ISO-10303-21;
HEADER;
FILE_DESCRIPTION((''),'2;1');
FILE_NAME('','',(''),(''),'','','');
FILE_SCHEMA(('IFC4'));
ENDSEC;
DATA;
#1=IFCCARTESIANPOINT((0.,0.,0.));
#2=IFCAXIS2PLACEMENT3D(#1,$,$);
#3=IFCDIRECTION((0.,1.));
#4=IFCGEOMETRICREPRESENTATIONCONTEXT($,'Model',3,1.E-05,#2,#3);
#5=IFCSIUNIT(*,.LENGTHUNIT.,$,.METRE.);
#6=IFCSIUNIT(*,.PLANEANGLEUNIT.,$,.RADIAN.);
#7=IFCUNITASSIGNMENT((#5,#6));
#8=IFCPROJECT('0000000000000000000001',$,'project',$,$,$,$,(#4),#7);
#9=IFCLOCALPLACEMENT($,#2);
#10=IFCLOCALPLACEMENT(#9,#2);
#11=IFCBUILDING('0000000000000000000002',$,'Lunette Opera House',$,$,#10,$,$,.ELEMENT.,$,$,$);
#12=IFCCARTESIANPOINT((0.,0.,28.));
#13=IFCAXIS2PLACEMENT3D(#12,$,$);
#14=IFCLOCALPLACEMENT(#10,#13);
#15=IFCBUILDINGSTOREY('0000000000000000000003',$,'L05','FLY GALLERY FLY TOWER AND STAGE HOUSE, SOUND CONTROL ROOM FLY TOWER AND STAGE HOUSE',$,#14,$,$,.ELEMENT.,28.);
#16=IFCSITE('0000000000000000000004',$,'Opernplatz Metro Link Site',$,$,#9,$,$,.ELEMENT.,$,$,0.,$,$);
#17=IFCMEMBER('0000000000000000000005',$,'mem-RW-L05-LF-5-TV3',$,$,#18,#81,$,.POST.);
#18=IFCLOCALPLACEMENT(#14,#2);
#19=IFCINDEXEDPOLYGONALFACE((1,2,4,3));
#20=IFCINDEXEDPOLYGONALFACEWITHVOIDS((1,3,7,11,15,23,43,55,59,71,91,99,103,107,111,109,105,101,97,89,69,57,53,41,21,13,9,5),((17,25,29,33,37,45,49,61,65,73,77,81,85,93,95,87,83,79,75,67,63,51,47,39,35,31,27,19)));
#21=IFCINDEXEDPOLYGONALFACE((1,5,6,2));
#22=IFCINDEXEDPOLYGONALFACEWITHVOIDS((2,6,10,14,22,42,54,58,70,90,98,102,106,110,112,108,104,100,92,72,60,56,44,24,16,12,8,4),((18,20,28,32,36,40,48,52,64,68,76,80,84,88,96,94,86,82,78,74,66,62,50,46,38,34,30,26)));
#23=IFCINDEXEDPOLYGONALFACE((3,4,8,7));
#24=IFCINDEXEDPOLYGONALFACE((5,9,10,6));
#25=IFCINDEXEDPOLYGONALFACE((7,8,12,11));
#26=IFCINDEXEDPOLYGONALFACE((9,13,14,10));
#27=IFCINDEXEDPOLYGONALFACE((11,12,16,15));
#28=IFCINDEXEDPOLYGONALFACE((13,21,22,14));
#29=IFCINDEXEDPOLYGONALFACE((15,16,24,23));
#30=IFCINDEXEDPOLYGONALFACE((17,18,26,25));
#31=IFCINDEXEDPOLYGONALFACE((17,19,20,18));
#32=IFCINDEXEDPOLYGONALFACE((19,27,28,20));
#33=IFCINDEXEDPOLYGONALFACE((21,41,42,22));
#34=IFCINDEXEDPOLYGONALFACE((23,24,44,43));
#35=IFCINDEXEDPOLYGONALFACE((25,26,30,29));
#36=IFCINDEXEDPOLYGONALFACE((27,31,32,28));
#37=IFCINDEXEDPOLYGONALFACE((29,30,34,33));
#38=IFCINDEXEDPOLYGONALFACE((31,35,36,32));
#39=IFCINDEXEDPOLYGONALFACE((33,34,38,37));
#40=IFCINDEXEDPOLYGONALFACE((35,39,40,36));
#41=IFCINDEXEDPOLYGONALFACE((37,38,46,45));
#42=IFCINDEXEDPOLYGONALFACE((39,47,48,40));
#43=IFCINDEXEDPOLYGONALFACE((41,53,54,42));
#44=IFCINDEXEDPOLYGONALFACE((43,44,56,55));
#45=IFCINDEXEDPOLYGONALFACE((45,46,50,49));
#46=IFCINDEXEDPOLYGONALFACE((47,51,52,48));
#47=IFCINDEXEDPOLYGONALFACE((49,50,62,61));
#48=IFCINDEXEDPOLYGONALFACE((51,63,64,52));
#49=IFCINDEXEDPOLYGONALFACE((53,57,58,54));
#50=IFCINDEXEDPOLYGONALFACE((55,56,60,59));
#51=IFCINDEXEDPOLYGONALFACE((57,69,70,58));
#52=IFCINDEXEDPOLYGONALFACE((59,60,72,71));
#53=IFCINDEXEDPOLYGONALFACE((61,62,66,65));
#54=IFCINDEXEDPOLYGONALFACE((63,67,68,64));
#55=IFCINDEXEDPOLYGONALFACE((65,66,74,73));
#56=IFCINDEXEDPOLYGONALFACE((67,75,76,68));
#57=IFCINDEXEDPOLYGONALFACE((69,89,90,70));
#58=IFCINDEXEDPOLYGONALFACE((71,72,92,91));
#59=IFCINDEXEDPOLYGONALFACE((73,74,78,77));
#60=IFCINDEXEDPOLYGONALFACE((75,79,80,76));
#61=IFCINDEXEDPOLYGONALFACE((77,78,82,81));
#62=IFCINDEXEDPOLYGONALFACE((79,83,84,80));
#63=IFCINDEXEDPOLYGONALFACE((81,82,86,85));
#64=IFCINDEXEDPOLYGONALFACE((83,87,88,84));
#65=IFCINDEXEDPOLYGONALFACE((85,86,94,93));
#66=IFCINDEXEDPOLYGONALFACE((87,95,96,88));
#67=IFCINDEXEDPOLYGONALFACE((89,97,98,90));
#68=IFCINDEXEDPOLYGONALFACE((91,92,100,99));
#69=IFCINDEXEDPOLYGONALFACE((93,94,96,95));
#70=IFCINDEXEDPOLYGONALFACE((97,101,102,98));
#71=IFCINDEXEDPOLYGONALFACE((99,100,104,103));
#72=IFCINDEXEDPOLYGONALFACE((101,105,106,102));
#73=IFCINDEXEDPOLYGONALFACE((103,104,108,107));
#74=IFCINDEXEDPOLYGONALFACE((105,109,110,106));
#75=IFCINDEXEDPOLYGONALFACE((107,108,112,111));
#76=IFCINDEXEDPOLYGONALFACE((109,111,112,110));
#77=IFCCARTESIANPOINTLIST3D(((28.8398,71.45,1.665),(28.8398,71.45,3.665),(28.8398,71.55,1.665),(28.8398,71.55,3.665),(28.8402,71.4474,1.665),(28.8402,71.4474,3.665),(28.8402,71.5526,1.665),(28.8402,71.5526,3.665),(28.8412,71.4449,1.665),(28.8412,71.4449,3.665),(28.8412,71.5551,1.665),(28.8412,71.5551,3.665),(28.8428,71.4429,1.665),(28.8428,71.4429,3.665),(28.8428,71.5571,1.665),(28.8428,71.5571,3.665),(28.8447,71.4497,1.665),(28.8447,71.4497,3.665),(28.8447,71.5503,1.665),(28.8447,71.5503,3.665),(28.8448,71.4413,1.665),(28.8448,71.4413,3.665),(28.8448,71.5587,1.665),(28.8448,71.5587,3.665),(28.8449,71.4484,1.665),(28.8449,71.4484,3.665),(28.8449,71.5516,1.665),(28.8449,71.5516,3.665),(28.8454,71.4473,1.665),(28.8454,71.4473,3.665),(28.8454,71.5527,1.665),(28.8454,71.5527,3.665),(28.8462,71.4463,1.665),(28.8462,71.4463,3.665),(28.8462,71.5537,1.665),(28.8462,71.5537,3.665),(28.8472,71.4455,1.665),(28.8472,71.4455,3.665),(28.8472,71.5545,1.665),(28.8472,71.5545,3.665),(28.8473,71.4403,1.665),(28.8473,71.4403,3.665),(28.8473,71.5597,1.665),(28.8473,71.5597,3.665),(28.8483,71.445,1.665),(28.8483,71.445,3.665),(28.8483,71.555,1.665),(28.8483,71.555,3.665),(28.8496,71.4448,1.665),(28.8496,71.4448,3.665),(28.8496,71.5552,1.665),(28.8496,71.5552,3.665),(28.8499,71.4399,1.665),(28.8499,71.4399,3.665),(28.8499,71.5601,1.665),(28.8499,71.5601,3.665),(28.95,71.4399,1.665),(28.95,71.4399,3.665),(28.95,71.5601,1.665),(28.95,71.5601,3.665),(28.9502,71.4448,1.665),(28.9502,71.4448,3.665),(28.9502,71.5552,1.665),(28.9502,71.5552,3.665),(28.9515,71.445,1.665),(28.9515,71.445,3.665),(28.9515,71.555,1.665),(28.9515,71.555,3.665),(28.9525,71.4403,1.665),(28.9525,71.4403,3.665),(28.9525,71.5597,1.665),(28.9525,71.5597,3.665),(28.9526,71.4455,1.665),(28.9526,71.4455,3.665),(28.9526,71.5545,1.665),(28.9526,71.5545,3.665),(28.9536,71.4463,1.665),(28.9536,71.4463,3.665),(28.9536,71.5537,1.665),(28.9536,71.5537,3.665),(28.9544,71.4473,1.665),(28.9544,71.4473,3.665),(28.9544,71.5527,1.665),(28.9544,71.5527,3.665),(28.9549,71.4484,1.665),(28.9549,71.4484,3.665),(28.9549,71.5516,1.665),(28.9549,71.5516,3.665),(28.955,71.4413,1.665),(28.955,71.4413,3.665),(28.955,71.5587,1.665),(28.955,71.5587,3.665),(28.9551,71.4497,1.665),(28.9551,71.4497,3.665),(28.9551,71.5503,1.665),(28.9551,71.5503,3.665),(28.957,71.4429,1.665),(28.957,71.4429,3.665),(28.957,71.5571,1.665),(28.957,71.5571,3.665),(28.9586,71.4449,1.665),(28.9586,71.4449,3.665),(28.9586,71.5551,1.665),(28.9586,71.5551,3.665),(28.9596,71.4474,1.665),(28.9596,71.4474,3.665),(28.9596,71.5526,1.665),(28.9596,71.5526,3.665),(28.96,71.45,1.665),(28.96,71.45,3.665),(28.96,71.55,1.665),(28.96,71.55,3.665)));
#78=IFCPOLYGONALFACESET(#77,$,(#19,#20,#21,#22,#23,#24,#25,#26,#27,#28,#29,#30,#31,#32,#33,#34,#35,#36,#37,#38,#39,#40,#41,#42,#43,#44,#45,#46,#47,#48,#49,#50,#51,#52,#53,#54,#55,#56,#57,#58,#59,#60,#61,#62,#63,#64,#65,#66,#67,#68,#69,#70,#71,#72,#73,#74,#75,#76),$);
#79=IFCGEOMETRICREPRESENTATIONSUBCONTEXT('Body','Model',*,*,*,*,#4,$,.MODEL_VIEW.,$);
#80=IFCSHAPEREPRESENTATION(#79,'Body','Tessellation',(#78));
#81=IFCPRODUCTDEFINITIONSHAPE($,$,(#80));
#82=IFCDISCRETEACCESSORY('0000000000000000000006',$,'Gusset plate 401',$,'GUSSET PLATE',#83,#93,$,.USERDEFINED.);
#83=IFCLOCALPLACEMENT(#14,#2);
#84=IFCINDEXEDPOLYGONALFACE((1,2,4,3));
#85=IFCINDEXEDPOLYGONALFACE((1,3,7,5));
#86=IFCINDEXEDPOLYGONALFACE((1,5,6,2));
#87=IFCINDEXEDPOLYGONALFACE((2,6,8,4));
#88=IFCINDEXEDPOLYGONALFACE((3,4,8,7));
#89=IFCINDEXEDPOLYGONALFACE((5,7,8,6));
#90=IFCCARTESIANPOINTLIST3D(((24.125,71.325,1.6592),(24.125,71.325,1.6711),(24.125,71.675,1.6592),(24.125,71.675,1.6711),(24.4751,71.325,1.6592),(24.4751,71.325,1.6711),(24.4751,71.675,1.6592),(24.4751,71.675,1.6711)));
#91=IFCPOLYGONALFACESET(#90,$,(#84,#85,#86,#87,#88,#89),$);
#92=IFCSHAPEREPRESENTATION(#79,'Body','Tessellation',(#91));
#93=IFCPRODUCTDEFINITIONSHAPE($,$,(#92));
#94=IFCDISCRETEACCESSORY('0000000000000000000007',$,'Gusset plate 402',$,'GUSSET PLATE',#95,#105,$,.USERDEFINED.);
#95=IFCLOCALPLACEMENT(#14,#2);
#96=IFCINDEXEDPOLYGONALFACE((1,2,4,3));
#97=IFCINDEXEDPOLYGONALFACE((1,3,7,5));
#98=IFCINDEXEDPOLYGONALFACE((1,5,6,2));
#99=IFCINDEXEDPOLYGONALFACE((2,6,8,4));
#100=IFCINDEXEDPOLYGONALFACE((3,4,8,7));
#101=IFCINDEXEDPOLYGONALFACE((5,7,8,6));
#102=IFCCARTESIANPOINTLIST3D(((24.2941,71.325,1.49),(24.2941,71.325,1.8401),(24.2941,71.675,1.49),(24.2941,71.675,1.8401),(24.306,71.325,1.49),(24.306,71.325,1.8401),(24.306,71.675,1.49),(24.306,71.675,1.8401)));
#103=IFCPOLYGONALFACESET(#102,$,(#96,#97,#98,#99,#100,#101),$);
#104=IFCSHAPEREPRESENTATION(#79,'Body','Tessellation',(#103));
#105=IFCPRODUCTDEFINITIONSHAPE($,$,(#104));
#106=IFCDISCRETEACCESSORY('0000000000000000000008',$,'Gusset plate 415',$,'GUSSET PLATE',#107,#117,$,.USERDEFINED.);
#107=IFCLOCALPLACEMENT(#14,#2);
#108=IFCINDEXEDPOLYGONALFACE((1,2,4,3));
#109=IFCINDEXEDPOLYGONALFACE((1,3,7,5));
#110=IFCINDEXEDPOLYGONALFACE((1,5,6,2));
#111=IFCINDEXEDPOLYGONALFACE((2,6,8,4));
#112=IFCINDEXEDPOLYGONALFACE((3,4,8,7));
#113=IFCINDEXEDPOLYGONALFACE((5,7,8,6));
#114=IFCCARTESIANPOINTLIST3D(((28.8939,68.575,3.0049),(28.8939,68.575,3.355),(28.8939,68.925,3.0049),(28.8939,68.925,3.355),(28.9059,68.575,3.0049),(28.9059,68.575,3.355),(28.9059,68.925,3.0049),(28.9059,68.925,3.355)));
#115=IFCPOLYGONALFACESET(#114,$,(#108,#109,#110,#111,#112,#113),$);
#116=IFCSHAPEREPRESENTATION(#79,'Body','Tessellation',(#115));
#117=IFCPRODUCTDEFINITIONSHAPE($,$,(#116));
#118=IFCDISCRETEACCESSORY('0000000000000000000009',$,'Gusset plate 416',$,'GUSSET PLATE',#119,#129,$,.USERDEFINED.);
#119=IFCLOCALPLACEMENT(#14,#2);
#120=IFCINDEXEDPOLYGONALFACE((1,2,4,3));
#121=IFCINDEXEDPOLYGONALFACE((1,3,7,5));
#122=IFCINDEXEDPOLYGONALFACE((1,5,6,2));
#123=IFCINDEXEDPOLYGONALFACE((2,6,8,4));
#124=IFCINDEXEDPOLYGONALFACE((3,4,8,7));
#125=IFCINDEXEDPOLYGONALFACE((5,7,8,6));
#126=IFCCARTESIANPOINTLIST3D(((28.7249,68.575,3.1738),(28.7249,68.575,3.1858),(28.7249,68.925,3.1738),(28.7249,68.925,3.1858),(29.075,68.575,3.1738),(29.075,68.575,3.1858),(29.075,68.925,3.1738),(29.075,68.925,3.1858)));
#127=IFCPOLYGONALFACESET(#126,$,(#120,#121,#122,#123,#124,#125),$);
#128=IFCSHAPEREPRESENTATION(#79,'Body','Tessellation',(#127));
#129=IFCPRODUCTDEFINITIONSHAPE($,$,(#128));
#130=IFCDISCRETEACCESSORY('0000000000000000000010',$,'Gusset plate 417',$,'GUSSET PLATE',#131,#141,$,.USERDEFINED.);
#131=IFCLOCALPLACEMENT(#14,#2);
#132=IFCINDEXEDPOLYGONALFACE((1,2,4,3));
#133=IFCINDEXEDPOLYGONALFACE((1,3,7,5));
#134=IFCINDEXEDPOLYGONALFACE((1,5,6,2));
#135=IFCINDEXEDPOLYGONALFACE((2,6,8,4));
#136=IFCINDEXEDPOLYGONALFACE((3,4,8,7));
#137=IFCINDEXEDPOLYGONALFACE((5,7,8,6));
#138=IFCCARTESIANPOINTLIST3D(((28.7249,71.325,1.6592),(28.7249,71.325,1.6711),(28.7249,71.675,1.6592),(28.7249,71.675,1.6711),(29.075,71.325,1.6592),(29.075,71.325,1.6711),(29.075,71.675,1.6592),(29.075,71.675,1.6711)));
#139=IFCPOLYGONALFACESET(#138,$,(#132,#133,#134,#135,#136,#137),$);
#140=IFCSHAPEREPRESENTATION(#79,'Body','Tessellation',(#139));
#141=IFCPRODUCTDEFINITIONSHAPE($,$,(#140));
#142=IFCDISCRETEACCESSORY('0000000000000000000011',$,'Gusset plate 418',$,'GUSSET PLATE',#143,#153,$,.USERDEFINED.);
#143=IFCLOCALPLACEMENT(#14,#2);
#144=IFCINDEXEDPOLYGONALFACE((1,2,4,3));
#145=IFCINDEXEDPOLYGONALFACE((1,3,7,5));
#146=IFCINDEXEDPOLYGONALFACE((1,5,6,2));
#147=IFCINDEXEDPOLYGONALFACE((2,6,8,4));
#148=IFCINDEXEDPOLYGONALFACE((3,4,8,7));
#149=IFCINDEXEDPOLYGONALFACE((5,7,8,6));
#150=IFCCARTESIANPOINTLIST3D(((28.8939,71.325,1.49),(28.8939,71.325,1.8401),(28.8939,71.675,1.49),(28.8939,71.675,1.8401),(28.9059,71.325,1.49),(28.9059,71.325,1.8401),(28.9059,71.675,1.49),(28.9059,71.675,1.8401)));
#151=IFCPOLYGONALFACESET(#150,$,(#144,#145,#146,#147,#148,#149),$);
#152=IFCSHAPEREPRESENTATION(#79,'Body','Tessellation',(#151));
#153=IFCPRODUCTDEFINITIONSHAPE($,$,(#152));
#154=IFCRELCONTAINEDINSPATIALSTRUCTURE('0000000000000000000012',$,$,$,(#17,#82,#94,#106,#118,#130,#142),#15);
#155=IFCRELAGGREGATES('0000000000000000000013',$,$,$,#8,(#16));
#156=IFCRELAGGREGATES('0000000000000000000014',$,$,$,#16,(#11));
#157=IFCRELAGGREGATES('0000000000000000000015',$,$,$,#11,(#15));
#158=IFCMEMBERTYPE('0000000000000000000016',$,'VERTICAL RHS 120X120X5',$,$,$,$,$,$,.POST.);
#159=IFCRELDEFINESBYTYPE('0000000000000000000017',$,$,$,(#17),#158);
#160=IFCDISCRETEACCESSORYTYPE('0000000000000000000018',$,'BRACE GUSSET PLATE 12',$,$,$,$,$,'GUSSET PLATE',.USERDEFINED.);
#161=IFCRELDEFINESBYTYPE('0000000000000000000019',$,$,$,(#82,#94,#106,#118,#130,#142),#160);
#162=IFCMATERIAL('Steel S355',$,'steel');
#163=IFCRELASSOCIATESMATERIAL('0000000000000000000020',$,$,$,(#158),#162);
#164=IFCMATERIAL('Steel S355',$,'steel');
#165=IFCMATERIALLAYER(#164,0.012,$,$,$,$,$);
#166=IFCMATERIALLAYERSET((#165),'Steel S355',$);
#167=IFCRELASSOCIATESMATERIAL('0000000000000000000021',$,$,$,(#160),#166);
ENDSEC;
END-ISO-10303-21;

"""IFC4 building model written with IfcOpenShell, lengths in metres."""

from ifc_helpers import new_model, si_unit, direction, frame, origin, origin_2d, place, context, subcontext, project, spatial, rectangle, hollow_rectangle, extrude, material, layer, layer_set, material_profile, profile_set, type_object, element, save


model = new_model("IFC4")

# Units and contexts
model_context = context("Model", 3, precision=1e-05, world=origin(), true_north=direction((0.0, 1.0)))
body_context = subcontext(model_context, "Body", "Model", "MODEL_VIEW")
ifc_project = project(units=[si_unit("LENGTHUNIT", "METRE"), si_unit("PLANEANGLEUNIT", "RADIAN")], contexts=[model_context])

# Site, building, storey
site_placement = place(None, origin())
site = spatial("IfcSite", under=ifc_project, at=site_placement, Name="Opernplatz Metro Link Site", CompositionType="ELEMENT", RefElevation=0.0)
building_placement = place(site_placement, origin())
building = spatial("IfcBuilding", under=site, at=building_placement, Name="Lunette Opera House", CompositionType="ELEMENT")
storey_placement = place(building_placement, frame((0.0, 0.0, 28.0)))
storey = spatial("IfcBuildingStorey", under=building, at=storey_placement, Name="L05", Description="FLY GALLERY FLY TOWER AND STAGE HOUSE, SOUND CONTROL ROOM FLY TOWER AND STAGE HOUSE", CompositionType="ELEMENT", Elevation=28.0)

# Member
ifc_material_1 = material(Name="Steel S355", Category="steel")
ifc_material_profile_1 = material_profile(ifc_material_1, hollow_rectangle(XDim=0.1201, YDim=0.1201, WallThickness=0.0049, InnerFilletRadius=0.0049, OuterFilletRadius=0.01, at=origin_2d()), Name="RHS 120X120X5")
ifc_profile_set_1 = profile_set([ifc_material_profile_1], Name="Steel S355")
member_type_1 = type_object("IfcMemberType", Name="VERTICAL RHS 120X120X5", PredefinedType="POST", material=ifc_profile_set_1)
for number, where, z_axis, x_axis, name in (
    (1, (28.8999, 71.5, 1.665), (0.0, 0.0, 1.0), (1.0, 0.0, 0.0), "mem-RW-L05-LF-5-TV3"),
):
    element("IfcMember", number, at=place(storey_placement, frame(where, z_axis=z_axis, x_axis=x_axis)), inside=storey, type_object=member_type_1, Name=name, PredefinedType="POST", context=body_context, shape_type="SweptSolid", body=[
        extrude(hollow_rectangle(XDim=0.1201, YDim=0.1201, WallThickness=0.0049, InnerFilletRadius=0.0049, OuterFilletRadius=0.01, at=origin_2d()), origin(), (0.0, 0.0, 1.0), 2.0),
    ])

# Discrete accessories
ifc_material_2 = material(Name="Steel S355", Category="steel")
ifc_layer = layer(ifc_material_2, 0.012)
ifc_layer_set = layer_set([ifc_layer], Name="Steel S355")
discrete_accessory_type = type_object("IfcDiscreteAccessoryType", Name="BRACE GUSSET PLATE 12", ElementType="GUSSET PLATE", PredefinedType="USERDEFINED", material=ifc_layer_set)
discrete_accessory_1_placement = place(storey_placement, frame((24.3, 71.5, 1.6592), z_axis=(0.0, 0.0, 1.0), x_axis=(0.0, 1.0, 0.0)))
element("IfcDiscreteAccessory", 2, at=discrete_accessory_1_placement, inside=storey, type_object=discrete_accessory_type, Name="Gusset plate 401", ObjectType="GUSSET PLATE", PredefinedType="USERDEFINED", context=body_context, shape_type="SweptSolid", body=[
    extrude(rectangle(XDim=0.3501, YDim=0.3501, at=origin_2d()), origin(), (0.0, 0.0, 1.0), 0.012),
])
for number, where, z_axis, x_axis, name in (
    (3, (24.3, 71.5, 1.49), (0.0, 0.0, 1.0), (0.0, 1.0, 0.0), "Gusset plate 402"),
    (4, (28.8999, 68.75, 3.0049), (0.0, 0.0, 1.0), (0.0, 1.0, 0.0), "Gusset plate 415"),
):
    element("IfcDiscreteAccessory", number, at=place(storey_placement, frame(where, z_axis=z_axis, x_axis=x_axis)), inside=storey, type_object=discrete_accessory_type, Name=name, ObjectType="GUSSET PLATE", PredefinedType="USERDEFINED", context=body_context, shape_type="SweptSolid", body=[
        extrude(rectangle(XDim=0.3501, YDim=0.012, at=origin_2d()), origin(), (0.0, 0.0, 1.0), 0.3501),
    ])
for number, where, z_axis, x_axis, name in (
    (5, (28.8999, 68.75, 3.1738), (0.0, 0.0, 1.0), (0.0, 1.0, 0.0), "Gusset plate 416"),
    (6, (28.8999, 71.5, 1.6592), (0.0, 0.0, 1.0), (0.0, 1.0, 0.0), "Gusset plate 417"),
):
    element("IfcDiscreteAccessory", number, at=place(storey_placement, frame(where, z_axis=z_axis, x_axis=x_axis)), inside=storey, type_object=discrete_accessory_type, Name=name, ObjectType="GUSSET PLATE", PredefinedType="USERDEFINED", context=body_context, shape_type="SweptSolid", body=[
        extrude(rectangle(XDim=0.3501, YDim=0.3501, at=origin_2d()), origin(), (0.0, 0.0, 1.0), 0.012),
    ])
discrete_accessory_2_placement = place(storey_placement, frame((28.8999, 71.5, 1.49), z_axis=(0.0, 0.0, 1.0), x_axis=(0.0, 1.0, 0.0)))
element("IfcDiscreteAccessory", 7, at=discrete_accessory_2_placement, inside=storey, type_object=discrete_accessory_type, Name="Gusset plate 418", ObjectType="GUSSET PLATE", PredefinedType="USERDEFINED", context=body_context, shape_type="SweptSolid", body=[
    extrude(rectangle(XDim=0.3501, YDim=0.012, at=origin_2d()), origin(), (0.0, 0.0, 1.0), 0.3501),
])

save(model, "model.ifc")
